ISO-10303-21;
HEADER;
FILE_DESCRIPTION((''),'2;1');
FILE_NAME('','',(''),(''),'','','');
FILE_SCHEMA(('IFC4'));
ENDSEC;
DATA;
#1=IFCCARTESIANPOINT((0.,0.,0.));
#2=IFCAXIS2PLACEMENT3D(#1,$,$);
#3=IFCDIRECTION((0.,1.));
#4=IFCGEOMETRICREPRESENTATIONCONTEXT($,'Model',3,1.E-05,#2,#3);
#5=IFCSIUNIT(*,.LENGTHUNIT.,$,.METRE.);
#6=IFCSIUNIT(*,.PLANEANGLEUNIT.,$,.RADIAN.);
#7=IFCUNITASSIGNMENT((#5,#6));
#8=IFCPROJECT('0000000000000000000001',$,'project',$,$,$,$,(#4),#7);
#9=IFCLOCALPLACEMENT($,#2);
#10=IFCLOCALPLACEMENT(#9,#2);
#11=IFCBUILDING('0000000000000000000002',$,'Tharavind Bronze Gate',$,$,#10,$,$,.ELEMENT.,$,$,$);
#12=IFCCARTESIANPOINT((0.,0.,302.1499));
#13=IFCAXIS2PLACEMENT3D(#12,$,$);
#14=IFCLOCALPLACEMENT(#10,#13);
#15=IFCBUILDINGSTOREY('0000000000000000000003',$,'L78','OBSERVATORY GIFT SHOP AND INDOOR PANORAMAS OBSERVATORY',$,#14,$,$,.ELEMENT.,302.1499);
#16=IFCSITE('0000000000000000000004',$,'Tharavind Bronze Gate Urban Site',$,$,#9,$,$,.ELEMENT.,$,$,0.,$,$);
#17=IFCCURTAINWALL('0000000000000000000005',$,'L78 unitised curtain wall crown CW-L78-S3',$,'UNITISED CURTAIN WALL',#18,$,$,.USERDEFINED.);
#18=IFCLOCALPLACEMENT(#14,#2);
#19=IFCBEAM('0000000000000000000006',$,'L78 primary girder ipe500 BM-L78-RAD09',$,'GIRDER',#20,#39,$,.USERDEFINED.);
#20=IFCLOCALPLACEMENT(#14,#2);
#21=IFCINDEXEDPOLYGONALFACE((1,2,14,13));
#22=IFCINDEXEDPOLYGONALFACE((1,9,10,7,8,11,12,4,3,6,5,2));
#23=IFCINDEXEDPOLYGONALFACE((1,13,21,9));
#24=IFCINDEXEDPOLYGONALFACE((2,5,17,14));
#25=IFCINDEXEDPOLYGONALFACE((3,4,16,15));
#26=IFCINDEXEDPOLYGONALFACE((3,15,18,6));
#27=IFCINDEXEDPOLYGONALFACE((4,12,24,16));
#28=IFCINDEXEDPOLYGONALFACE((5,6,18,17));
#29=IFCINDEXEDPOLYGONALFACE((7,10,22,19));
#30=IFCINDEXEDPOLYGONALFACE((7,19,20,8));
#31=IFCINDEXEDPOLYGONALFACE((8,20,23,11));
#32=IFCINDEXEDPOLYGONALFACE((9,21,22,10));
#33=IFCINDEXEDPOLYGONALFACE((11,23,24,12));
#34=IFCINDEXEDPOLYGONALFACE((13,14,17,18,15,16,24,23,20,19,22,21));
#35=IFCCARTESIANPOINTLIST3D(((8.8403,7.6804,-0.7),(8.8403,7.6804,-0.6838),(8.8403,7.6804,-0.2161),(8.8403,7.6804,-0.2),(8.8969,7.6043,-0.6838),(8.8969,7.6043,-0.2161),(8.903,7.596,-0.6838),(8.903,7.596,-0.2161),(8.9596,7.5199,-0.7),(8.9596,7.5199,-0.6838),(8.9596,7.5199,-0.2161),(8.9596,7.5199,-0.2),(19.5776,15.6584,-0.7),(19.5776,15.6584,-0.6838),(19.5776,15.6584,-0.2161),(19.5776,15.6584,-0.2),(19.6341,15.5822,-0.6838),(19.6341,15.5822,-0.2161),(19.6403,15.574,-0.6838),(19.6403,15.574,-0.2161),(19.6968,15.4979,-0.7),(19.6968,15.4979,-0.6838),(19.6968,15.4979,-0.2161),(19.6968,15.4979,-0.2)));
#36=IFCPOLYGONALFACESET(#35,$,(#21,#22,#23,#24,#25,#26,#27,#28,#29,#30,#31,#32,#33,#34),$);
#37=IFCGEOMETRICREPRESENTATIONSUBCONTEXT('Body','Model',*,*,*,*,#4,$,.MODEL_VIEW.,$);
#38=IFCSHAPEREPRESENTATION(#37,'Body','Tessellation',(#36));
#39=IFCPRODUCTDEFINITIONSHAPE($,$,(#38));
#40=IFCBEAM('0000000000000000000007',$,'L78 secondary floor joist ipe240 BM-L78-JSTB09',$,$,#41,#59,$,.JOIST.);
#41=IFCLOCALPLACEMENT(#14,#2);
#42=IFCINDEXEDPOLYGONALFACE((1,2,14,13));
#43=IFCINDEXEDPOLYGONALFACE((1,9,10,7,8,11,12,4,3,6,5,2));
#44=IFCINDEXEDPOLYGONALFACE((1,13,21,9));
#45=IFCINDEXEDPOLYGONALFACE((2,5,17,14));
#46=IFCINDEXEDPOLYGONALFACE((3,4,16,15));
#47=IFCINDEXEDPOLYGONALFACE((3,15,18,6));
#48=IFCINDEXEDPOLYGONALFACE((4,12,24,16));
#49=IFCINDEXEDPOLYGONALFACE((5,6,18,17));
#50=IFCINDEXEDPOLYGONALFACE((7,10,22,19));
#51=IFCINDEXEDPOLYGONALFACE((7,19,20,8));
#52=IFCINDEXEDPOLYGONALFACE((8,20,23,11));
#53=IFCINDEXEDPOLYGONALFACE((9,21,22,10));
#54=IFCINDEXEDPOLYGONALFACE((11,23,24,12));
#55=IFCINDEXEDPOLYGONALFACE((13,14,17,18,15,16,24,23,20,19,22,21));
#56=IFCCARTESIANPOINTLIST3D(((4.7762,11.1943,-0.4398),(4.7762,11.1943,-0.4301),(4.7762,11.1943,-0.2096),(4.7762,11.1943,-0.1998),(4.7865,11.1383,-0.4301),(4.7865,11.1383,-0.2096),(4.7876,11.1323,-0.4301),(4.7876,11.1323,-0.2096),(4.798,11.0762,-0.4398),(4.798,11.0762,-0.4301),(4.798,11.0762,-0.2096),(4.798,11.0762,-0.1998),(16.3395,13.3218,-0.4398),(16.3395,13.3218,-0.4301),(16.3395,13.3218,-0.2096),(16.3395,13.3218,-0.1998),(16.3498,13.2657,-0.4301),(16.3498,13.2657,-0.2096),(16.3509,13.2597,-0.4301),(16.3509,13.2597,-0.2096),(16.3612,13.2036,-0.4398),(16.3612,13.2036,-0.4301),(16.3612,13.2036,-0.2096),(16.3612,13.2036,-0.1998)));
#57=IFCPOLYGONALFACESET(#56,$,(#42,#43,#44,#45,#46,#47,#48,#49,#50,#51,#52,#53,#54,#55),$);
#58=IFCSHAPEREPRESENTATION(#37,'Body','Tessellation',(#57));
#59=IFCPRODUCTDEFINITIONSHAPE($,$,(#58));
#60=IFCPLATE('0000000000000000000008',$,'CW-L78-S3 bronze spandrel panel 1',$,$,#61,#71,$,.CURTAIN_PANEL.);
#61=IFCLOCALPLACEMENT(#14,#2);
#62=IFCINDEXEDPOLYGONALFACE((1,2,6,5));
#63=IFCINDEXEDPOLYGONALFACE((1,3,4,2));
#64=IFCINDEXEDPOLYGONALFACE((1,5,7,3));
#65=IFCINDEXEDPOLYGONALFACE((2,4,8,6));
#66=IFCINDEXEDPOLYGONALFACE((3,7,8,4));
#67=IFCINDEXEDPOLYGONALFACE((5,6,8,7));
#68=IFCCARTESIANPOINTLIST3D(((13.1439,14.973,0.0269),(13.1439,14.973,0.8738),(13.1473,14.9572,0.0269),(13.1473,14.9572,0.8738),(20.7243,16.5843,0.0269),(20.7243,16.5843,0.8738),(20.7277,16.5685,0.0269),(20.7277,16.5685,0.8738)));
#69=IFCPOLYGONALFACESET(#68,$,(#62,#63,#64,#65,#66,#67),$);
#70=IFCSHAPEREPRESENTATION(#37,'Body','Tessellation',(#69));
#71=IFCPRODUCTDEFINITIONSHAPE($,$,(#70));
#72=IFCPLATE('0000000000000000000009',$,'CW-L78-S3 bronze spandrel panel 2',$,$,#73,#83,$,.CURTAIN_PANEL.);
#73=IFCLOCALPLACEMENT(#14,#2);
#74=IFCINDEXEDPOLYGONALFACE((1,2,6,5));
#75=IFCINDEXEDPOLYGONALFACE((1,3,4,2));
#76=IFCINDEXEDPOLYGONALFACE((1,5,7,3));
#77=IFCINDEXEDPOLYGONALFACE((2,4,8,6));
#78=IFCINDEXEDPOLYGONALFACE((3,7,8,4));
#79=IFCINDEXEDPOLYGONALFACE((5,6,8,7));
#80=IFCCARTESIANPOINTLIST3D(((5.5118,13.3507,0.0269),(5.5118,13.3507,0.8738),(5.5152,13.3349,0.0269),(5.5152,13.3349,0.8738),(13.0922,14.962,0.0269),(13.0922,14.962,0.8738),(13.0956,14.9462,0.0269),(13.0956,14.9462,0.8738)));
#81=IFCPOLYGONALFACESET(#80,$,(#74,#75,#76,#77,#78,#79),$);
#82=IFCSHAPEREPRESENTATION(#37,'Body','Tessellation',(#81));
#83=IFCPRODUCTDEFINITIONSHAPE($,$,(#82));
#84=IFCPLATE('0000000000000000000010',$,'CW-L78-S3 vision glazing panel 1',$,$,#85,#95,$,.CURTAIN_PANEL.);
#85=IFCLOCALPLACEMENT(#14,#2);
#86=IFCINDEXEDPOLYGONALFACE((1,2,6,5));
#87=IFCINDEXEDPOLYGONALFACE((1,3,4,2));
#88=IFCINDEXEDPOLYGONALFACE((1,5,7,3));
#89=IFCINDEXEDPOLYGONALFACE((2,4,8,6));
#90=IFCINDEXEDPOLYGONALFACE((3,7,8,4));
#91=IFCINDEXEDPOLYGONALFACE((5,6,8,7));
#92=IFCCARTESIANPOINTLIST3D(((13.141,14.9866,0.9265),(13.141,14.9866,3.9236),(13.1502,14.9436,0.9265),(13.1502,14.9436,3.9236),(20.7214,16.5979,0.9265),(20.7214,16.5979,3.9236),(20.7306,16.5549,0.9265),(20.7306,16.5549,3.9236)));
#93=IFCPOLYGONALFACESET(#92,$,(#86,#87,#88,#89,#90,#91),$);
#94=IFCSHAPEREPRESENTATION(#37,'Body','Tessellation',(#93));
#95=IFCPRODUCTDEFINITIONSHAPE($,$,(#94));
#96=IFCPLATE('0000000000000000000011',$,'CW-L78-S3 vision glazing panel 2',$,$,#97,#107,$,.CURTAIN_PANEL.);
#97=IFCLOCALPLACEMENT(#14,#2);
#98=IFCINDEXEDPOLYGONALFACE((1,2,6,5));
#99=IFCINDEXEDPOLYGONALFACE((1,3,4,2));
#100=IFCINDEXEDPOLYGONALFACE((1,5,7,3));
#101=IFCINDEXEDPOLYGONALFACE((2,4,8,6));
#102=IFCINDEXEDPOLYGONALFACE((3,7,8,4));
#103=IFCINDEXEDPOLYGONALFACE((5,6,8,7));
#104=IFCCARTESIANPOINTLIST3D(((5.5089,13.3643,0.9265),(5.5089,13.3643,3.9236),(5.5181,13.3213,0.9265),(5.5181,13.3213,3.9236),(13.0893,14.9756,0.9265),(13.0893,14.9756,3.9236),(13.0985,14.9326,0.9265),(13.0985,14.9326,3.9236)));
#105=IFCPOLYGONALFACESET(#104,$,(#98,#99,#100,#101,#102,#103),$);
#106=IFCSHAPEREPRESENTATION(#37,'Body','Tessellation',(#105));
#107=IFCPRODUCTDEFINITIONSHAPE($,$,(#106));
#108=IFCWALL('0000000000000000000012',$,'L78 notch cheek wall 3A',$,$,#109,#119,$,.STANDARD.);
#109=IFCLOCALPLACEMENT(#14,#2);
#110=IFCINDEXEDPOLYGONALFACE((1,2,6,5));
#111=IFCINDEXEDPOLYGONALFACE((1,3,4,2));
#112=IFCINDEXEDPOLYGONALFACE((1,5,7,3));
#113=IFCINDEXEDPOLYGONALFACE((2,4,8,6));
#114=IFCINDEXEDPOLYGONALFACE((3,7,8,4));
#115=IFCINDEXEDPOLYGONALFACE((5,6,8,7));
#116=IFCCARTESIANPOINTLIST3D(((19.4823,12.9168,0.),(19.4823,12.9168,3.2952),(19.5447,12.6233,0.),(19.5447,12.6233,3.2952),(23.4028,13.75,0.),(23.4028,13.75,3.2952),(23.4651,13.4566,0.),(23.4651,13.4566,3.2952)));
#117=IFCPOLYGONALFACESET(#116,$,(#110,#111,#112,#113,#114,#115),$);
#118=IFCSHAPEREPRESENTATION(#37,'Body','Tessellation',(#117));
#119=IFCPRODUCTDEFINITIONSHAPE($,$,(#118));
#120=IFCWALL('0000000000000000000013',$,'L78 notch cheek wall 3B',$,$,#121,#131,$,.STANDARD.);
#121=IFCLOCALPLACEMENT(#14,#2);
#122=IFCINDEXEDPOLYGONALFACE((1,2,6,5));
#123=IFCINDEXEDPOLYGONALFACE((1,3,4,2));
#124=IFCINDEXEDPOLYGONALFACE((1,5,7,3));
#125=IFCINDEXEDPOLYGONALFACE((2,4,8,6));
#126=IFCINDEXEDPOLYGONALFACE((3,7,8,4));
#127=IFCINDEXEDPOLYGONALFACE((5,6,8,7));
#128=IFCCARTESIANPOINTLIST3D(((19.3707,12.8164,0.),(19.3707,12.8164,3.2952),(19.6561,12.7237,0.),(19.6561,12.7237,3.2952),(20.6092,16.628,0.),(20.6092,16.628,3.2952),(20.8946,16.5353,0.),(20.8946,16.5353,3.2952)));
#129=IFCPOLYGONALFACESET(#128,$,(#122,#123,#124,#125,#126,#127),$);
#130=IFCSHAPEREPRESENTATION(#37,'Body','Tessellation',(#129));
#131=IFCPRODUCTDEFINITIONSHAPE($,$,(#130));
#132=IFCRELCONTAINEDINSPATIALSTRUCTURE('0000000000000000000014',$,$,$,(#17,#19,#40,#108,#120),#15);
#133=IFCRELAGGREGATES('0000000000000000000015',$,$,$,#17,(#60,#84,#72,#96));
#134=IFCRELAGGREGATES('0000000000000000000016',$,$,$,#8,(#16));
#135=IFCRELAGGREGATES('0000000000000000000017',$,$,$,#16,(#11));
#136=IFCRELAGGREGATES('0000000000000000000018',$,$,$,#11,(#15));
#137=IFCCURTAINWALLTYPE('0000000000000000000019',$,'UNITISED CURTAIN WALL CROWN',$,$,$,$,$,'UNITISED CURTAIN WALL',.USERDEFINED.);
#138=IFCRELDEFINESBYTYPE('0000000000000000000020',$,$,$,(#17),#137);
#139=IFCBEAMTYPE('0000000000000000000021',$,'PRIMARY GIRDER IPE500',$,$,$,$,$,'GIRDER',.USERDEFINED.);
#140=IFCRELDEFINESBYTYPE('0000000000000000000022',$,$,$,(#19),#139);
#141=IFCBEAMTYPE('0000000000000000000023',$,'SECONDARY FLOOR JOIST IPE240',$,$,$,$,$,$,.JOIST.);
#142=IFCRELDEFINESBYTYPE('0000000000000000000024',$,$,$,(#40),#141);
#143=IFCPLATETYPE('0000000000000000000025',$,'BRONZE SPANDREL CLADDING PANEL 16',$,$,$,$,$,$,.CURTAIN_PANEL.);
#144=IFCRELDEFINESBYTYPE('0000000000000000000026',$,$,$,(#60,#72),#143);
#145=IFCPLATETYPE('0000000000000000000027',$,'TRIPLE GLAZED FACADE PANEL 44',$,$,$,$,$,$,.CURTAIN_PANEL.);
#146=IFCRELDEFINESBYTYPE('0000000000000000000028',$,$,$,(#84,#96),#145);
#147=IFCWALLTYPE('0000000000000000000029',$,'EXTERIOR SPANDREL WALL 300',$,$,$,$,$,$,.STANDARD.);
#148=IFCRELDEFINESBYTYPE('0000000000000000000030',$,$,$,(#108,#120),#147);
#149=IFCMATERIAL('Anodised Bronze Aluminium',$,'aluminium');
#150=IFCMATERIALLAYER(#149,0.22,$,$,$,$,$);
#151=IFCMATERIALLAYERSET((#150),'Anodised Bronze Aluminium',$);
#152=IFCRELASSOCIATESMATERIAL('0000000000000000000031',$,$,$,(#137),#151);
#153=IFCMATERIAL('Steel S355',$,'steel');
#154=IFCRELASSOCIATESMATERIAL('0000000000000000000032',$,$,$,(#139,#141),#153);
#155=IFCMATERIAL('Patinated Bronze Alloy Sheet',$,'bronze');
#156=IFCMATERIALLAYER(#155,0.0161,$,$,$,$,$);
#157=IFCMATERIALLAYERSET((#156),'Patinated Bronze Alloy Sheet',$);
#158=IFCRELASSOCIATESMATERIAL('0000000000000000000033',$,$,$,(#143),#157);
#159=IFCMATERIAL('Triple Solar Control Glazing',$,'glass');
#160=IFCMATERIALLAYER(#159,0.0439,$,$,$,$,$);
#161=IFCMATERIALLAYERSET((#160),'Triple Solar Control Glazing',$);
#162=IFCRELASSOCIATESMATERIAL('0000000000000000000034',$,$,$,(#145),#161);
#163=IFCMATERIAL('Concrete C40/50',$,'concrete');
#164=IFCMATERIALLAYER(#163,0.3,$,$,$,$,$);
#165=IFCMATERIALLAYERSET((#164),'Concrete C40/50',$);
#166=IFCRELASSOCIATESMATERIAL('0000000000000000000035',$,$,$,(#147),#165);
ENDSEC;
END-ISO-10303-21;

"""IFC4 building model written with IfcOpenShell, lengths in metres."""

from ifc_helpers import new_model, si_unit, direction, frame, frame_2d, origin, origin_2d, place, context, subcontext, project, spatial, rectangle, i_section, extrude, material, layer, layer_set, material_profile, profile_set, type_object, element, aggregate, save


model = new_model("IFC4")

# Units and contexts
model_context = context("Model", 3, precision=1e-05, world=origin(), true_north=direction((0.0, 1.0)))
body_context = subcontext(model_context, "Body", "Model", "MODEL_VIEW")
ifc_project = project(units=[si_unit("LENGTHUNIT", "METRE"), si_unit("PLANEANGLEUNIT", "RADIAN")], contexts=[model_context])

# Site, building, storey
site_placement = place(None, origin())
site = spatial("IfcSite", under=ifc_project, at=site_placement, Name="Tharavind Bronze Gate Urban Site", CompositionType="ELEMENT", RefElevation=0.0)
building_placement = place(site_placement, origin())
building = spatial("IfcBuilding", under=site, at=building_placement, Name="Tharavind Bronze Gate", CompositionType="ELEMENT")
storey_placement = place(building_placement, frame((0.0, 0.0, 302.1499)))
storey = spatial("IfcBuildingStorey", under=building, at=storey_placement, Name="L78", Description="OBSERVATORY GIFT SHOP AND INDOOR PANORAMAS OBSERVATORY", CompositionType="ELEMENT", Elevation=302.1499)

# Shared definitions
ifc_material_1 = material(Name="Anodised Bronze Aluminium", Category="aluminium")
ifc_layer_1 = layer(ifc_material_1, 0.22)
ifc_layer_set_1 = layer_set([ifc_layer_1], Name="Anodised Bronze Aluminium")
curtain_wall_type = type_object("IfcCurtainWallType", Name="UNITISED CURTAIN WALL CROWN", ElementType="UNITISED CURTAIN WALL", PredefinedType="USERDEFINED", material=ifc_layer_set_1)

# Curtain wall
curtain_wall_1_placement = place(storey_placement, origin())
curtain_wall_1 = element("IfcCurtainWall", 1, at=curtain_wall_1_placement, inside=storey, type_object=curtain_wall_type, Name="L78 unitised curtain wall crown CW-L78-S3", ObjectType="UNITISED CURTAIN WALL", PredefinedType="USERDEFINED")

# Beams
ifc_material_2 = material(Name="Steel S355", Category="steel")
ifc_material_profile_1 = material_profile(ifc_material_2, i_section(OverallWidth=0.2, OverallDepth=0.5, WebThickness=0.0103, FlangeThickness=0.0161, at=origin_2d()), Name="IPE500")
ifc_profile_set_1 = profile_set([ifc_material_profile_1], Name="Steel S355")
beam_type_1 = type_object("IfcBeamType", Name="PRIMARY GIRDER IPE500", ElementType="GIRDER", PredefinedType="USERDEFINED", material=ifc_profile_set_1)
beam_1_placement = place(storey_placement, frame((19.6372, 15.5781, -0.45), z_axis=(-0.802681, -0.596408, 0.0), x_axis=(0.596408, -0.802681, 0.0)))
element("IfcBeam", 2, at=beam_1_placement, inside=storey, type_object=beam_type_1, Name="L78 primary girder ipe500 BM-L78-RAD09", ObjectType="GIRDER", PredefinedType="USERDEFINED", context=body_context, shape_type="SweptSolid", body=[
    extrude(i_section(OverallWidth=0.2, OverallDepth=0.5, WebThickness=0.0103, FlangeThickness=0.0161, at=origin_2d()), origin(), (0.0, 0.0, 1.0), 13.3767),
])
ifc_material_profile_2 = material_profile(ifc_material_2, i_section(OverallWidth=0.1201, OverallDepth=0.24, WebThickness=0.0061, FlangeThickness=0.0098, at=origin_2d()), Name="IPE240")
ifc_profile_set_2 = profile_set([ifc_material_profile_2], Name="Steel S355")
beam_type_2 = type_object("IfcBeamType", Name="SECONDARY FLOOR JOIST IPE240", PredefinedType="JOIST", material=ifc_profile_set_2)
beam_2_placement = place(storey_placement, frame((16.3503, 13.2627, -0.3198), z_axis=(-0.983493, -0.180946, 0.0), x_axis=(0.180946, -0.983493, 0.0)))
element("IfcBeam", 3, at=beam_2_placement, inside=storey, type_object=beam_type_2, Name="L78 secondary floor joist ipe240 BM-L78-JSTB09", PredefinedType="JOIST", context=body_context, shape_type="SweptSolid", body=[
    extrude(i_section(OverallWidth=0.1201, OverallDepth=0.24, WebThickness=0.0061, FlangeThickness=0.0098, at=origin_2d()), origin(), (0.0, 0.0, 1.0), 11.7573),
])

# Plates
ifc_material_3 = material(Name="Patinated Bronze Alloy Sheet", Category="bronze")
ifc_layer_2 = layer(ifc_material_3, 0.0161)
ifc_layer_set_2 = layer_set([ifc_layer_2], Name="Patinated Bronze Alloy Sheet")
plate_type_1 = type_object("IfcPlateType", Name="BRONZE SPANDREL CLADDING PANEL 16", PredefinedType="CURTAIN_PANEL", material=ifc_layer_set_2)
plate_1_placement = place(storey_placement, frame((16.9358, 15.7708, 0.0269), z_axis=(0.0, 0.0, 1.0), x_axis=(-0.978147, -0.207913, 0.0)))
plate_1 = element("IfcPlate", 4, at=plate_1_placement, type_object=plate_type_1, Name="CW-L78-S3 bronze spandrel panel 1", PredefinedType="CURTAIN_PANEL", context=body_context, shape_type="SweptSolid", body=[
    extrude(rectangle(XDim=7.7498, YDim=0.0161, at=origin_2d()), origin(), (0.0, 0.0, 1.0), 0.8469),
])
plate_2_placement = place(storey_placement, frame((9.3037, 14.1484, 0.0269), z_axis=(0.0, 0.0, 1.0), x_axis=(-0.978147, -0.207913, 0.0)))
plate_2 = element("IfcPlate", 5, at=plate_2_placement, type_object=plate_type_1, Name="CW-L78-S3 bronze spandrel panel 2", PredefinedType="CURTAIN_PANEL", context=body_context, shape_type="SweptSolid", body=[
    extrude(rectangle(XDim=7.7498, YDim=0.0161, at=origin_2d()), origin(), (0.0, 0.0, 1.0), 0.8469),
])
ifc_material_4 = material(Name="Triple Solar Control Glazing", Category="glass")
ifc_layer_3 = layer(ifc_material_4, 0.0439)
ifc_layer_set_3 = layer_set([ifc_layer_3], Name="Triple Solar Control Glazing")
plate_type_2 = type_object("IfcPlateType", Name="TRIPLE GLAZED FACADE PANEL 44", PredefinedType="CURTAIN_PANEL", material=ifc_layer_set_3)
plate_3_placement = place(storey_placement, frame((16.9358, 15.7708, 0.9265), z_axis=(0.0, 0.0, 1.0), x_axis=(-0.978147, -0.207913, 0.0)))
plate_3 = element("IfcPlate", 6, at=plate_3_placement, type_object=plate_type_2, Name="CW-L78-S3 vision glazing panel 1", PredefinedType="CURTAIN_PANEL", context=body_context, shape_type="SweptSolid", body=[
    extrude(rectangle(XDim=7.7498, YDim=0.0439, at=origin_2d()), origin(), (0.0, 0.0, 1.0), 2.9971),
])
plate_4_placement = place(storey_placement, frame((9.3037, 14.1484, 0.9265), z_axis=(0.0, 0.0, 1.0), x_axis=(-0.978147, -0.207913, 0.0)))
plate_4 = element("IfcPlate", 7, at=plate_4_placement, type_object=plate_type_2, Name="CW-L78-S3 vision glazing panel 2", PredefinedType="CURTAIN_PANEL", context=body_context, shape_type="SweptSolid", body=[
    extrude(rectangle(XDim=7.7498, YDim=0.0439, at=origin_2d()), origin(), (0.0, 0.0, 1.0), 2.9971),
])
aggregate(curtain_wall_1, [plate_1, plate_3, plate_2, plate_4])

# Walls
ifc_material_5 = material(Name="Concrete C40/50", Category="concrete")
ifc_layer_4 = layer(ifc_material_5, 0.3)
ifc_layer_set_4 = layer_set([ifc_layer_4], Name="Concrete C40/50")
wall_type = type_object("IfcWallType", Name="EXTERIOR SPANDREL WALL 300", PredefinedType="STANDARD", material=ifc_layer_set_4)
wall_1_placement = place(storey_placement, frame((23.4338, 13.6033, 0.0), z_axis=(0.0, 0.0, 1.0), x_axis=(-0.97815, -0.207898, 0.0)))
element("IfcWall", 8, at=wall_1_placement, inside=storey, type_object=wall_type, Name="L78 notch cheek wall 3A", PredefinedType="STANDARD", context=body_context, shape_type="SweptSolid", body=[
    extrude(rectangle(XDim=4.0081, YDim=0.3, at=frame_2d((2.0039, 0.0))), origin(), (0.0, 0.0, 1.0), 3.2952),
])
wall_2_placement = place(storey_placement, frame((19.5134, 12.77, 0.0), z_axis=(0.0, 0.0, 1.0), x_axis=(0.309019, 0.951056, 0.0)))
element("IfcWall", 9, at=wall_2_placement, inside=storey, type_object=wall_type, Name="L78 notch cheek wall 3B", PredefinedType="STANDARD", context=body_context, shape_type="SweptSolid", body=[
    extrude(rectangle(XDim=4.0078, YDim=0.3, at=frame_2d((2.0039, 0.0))), origin(), (0.0, 0.0, 1.0), 3.2952),
])

save(model, "model.ifc")
